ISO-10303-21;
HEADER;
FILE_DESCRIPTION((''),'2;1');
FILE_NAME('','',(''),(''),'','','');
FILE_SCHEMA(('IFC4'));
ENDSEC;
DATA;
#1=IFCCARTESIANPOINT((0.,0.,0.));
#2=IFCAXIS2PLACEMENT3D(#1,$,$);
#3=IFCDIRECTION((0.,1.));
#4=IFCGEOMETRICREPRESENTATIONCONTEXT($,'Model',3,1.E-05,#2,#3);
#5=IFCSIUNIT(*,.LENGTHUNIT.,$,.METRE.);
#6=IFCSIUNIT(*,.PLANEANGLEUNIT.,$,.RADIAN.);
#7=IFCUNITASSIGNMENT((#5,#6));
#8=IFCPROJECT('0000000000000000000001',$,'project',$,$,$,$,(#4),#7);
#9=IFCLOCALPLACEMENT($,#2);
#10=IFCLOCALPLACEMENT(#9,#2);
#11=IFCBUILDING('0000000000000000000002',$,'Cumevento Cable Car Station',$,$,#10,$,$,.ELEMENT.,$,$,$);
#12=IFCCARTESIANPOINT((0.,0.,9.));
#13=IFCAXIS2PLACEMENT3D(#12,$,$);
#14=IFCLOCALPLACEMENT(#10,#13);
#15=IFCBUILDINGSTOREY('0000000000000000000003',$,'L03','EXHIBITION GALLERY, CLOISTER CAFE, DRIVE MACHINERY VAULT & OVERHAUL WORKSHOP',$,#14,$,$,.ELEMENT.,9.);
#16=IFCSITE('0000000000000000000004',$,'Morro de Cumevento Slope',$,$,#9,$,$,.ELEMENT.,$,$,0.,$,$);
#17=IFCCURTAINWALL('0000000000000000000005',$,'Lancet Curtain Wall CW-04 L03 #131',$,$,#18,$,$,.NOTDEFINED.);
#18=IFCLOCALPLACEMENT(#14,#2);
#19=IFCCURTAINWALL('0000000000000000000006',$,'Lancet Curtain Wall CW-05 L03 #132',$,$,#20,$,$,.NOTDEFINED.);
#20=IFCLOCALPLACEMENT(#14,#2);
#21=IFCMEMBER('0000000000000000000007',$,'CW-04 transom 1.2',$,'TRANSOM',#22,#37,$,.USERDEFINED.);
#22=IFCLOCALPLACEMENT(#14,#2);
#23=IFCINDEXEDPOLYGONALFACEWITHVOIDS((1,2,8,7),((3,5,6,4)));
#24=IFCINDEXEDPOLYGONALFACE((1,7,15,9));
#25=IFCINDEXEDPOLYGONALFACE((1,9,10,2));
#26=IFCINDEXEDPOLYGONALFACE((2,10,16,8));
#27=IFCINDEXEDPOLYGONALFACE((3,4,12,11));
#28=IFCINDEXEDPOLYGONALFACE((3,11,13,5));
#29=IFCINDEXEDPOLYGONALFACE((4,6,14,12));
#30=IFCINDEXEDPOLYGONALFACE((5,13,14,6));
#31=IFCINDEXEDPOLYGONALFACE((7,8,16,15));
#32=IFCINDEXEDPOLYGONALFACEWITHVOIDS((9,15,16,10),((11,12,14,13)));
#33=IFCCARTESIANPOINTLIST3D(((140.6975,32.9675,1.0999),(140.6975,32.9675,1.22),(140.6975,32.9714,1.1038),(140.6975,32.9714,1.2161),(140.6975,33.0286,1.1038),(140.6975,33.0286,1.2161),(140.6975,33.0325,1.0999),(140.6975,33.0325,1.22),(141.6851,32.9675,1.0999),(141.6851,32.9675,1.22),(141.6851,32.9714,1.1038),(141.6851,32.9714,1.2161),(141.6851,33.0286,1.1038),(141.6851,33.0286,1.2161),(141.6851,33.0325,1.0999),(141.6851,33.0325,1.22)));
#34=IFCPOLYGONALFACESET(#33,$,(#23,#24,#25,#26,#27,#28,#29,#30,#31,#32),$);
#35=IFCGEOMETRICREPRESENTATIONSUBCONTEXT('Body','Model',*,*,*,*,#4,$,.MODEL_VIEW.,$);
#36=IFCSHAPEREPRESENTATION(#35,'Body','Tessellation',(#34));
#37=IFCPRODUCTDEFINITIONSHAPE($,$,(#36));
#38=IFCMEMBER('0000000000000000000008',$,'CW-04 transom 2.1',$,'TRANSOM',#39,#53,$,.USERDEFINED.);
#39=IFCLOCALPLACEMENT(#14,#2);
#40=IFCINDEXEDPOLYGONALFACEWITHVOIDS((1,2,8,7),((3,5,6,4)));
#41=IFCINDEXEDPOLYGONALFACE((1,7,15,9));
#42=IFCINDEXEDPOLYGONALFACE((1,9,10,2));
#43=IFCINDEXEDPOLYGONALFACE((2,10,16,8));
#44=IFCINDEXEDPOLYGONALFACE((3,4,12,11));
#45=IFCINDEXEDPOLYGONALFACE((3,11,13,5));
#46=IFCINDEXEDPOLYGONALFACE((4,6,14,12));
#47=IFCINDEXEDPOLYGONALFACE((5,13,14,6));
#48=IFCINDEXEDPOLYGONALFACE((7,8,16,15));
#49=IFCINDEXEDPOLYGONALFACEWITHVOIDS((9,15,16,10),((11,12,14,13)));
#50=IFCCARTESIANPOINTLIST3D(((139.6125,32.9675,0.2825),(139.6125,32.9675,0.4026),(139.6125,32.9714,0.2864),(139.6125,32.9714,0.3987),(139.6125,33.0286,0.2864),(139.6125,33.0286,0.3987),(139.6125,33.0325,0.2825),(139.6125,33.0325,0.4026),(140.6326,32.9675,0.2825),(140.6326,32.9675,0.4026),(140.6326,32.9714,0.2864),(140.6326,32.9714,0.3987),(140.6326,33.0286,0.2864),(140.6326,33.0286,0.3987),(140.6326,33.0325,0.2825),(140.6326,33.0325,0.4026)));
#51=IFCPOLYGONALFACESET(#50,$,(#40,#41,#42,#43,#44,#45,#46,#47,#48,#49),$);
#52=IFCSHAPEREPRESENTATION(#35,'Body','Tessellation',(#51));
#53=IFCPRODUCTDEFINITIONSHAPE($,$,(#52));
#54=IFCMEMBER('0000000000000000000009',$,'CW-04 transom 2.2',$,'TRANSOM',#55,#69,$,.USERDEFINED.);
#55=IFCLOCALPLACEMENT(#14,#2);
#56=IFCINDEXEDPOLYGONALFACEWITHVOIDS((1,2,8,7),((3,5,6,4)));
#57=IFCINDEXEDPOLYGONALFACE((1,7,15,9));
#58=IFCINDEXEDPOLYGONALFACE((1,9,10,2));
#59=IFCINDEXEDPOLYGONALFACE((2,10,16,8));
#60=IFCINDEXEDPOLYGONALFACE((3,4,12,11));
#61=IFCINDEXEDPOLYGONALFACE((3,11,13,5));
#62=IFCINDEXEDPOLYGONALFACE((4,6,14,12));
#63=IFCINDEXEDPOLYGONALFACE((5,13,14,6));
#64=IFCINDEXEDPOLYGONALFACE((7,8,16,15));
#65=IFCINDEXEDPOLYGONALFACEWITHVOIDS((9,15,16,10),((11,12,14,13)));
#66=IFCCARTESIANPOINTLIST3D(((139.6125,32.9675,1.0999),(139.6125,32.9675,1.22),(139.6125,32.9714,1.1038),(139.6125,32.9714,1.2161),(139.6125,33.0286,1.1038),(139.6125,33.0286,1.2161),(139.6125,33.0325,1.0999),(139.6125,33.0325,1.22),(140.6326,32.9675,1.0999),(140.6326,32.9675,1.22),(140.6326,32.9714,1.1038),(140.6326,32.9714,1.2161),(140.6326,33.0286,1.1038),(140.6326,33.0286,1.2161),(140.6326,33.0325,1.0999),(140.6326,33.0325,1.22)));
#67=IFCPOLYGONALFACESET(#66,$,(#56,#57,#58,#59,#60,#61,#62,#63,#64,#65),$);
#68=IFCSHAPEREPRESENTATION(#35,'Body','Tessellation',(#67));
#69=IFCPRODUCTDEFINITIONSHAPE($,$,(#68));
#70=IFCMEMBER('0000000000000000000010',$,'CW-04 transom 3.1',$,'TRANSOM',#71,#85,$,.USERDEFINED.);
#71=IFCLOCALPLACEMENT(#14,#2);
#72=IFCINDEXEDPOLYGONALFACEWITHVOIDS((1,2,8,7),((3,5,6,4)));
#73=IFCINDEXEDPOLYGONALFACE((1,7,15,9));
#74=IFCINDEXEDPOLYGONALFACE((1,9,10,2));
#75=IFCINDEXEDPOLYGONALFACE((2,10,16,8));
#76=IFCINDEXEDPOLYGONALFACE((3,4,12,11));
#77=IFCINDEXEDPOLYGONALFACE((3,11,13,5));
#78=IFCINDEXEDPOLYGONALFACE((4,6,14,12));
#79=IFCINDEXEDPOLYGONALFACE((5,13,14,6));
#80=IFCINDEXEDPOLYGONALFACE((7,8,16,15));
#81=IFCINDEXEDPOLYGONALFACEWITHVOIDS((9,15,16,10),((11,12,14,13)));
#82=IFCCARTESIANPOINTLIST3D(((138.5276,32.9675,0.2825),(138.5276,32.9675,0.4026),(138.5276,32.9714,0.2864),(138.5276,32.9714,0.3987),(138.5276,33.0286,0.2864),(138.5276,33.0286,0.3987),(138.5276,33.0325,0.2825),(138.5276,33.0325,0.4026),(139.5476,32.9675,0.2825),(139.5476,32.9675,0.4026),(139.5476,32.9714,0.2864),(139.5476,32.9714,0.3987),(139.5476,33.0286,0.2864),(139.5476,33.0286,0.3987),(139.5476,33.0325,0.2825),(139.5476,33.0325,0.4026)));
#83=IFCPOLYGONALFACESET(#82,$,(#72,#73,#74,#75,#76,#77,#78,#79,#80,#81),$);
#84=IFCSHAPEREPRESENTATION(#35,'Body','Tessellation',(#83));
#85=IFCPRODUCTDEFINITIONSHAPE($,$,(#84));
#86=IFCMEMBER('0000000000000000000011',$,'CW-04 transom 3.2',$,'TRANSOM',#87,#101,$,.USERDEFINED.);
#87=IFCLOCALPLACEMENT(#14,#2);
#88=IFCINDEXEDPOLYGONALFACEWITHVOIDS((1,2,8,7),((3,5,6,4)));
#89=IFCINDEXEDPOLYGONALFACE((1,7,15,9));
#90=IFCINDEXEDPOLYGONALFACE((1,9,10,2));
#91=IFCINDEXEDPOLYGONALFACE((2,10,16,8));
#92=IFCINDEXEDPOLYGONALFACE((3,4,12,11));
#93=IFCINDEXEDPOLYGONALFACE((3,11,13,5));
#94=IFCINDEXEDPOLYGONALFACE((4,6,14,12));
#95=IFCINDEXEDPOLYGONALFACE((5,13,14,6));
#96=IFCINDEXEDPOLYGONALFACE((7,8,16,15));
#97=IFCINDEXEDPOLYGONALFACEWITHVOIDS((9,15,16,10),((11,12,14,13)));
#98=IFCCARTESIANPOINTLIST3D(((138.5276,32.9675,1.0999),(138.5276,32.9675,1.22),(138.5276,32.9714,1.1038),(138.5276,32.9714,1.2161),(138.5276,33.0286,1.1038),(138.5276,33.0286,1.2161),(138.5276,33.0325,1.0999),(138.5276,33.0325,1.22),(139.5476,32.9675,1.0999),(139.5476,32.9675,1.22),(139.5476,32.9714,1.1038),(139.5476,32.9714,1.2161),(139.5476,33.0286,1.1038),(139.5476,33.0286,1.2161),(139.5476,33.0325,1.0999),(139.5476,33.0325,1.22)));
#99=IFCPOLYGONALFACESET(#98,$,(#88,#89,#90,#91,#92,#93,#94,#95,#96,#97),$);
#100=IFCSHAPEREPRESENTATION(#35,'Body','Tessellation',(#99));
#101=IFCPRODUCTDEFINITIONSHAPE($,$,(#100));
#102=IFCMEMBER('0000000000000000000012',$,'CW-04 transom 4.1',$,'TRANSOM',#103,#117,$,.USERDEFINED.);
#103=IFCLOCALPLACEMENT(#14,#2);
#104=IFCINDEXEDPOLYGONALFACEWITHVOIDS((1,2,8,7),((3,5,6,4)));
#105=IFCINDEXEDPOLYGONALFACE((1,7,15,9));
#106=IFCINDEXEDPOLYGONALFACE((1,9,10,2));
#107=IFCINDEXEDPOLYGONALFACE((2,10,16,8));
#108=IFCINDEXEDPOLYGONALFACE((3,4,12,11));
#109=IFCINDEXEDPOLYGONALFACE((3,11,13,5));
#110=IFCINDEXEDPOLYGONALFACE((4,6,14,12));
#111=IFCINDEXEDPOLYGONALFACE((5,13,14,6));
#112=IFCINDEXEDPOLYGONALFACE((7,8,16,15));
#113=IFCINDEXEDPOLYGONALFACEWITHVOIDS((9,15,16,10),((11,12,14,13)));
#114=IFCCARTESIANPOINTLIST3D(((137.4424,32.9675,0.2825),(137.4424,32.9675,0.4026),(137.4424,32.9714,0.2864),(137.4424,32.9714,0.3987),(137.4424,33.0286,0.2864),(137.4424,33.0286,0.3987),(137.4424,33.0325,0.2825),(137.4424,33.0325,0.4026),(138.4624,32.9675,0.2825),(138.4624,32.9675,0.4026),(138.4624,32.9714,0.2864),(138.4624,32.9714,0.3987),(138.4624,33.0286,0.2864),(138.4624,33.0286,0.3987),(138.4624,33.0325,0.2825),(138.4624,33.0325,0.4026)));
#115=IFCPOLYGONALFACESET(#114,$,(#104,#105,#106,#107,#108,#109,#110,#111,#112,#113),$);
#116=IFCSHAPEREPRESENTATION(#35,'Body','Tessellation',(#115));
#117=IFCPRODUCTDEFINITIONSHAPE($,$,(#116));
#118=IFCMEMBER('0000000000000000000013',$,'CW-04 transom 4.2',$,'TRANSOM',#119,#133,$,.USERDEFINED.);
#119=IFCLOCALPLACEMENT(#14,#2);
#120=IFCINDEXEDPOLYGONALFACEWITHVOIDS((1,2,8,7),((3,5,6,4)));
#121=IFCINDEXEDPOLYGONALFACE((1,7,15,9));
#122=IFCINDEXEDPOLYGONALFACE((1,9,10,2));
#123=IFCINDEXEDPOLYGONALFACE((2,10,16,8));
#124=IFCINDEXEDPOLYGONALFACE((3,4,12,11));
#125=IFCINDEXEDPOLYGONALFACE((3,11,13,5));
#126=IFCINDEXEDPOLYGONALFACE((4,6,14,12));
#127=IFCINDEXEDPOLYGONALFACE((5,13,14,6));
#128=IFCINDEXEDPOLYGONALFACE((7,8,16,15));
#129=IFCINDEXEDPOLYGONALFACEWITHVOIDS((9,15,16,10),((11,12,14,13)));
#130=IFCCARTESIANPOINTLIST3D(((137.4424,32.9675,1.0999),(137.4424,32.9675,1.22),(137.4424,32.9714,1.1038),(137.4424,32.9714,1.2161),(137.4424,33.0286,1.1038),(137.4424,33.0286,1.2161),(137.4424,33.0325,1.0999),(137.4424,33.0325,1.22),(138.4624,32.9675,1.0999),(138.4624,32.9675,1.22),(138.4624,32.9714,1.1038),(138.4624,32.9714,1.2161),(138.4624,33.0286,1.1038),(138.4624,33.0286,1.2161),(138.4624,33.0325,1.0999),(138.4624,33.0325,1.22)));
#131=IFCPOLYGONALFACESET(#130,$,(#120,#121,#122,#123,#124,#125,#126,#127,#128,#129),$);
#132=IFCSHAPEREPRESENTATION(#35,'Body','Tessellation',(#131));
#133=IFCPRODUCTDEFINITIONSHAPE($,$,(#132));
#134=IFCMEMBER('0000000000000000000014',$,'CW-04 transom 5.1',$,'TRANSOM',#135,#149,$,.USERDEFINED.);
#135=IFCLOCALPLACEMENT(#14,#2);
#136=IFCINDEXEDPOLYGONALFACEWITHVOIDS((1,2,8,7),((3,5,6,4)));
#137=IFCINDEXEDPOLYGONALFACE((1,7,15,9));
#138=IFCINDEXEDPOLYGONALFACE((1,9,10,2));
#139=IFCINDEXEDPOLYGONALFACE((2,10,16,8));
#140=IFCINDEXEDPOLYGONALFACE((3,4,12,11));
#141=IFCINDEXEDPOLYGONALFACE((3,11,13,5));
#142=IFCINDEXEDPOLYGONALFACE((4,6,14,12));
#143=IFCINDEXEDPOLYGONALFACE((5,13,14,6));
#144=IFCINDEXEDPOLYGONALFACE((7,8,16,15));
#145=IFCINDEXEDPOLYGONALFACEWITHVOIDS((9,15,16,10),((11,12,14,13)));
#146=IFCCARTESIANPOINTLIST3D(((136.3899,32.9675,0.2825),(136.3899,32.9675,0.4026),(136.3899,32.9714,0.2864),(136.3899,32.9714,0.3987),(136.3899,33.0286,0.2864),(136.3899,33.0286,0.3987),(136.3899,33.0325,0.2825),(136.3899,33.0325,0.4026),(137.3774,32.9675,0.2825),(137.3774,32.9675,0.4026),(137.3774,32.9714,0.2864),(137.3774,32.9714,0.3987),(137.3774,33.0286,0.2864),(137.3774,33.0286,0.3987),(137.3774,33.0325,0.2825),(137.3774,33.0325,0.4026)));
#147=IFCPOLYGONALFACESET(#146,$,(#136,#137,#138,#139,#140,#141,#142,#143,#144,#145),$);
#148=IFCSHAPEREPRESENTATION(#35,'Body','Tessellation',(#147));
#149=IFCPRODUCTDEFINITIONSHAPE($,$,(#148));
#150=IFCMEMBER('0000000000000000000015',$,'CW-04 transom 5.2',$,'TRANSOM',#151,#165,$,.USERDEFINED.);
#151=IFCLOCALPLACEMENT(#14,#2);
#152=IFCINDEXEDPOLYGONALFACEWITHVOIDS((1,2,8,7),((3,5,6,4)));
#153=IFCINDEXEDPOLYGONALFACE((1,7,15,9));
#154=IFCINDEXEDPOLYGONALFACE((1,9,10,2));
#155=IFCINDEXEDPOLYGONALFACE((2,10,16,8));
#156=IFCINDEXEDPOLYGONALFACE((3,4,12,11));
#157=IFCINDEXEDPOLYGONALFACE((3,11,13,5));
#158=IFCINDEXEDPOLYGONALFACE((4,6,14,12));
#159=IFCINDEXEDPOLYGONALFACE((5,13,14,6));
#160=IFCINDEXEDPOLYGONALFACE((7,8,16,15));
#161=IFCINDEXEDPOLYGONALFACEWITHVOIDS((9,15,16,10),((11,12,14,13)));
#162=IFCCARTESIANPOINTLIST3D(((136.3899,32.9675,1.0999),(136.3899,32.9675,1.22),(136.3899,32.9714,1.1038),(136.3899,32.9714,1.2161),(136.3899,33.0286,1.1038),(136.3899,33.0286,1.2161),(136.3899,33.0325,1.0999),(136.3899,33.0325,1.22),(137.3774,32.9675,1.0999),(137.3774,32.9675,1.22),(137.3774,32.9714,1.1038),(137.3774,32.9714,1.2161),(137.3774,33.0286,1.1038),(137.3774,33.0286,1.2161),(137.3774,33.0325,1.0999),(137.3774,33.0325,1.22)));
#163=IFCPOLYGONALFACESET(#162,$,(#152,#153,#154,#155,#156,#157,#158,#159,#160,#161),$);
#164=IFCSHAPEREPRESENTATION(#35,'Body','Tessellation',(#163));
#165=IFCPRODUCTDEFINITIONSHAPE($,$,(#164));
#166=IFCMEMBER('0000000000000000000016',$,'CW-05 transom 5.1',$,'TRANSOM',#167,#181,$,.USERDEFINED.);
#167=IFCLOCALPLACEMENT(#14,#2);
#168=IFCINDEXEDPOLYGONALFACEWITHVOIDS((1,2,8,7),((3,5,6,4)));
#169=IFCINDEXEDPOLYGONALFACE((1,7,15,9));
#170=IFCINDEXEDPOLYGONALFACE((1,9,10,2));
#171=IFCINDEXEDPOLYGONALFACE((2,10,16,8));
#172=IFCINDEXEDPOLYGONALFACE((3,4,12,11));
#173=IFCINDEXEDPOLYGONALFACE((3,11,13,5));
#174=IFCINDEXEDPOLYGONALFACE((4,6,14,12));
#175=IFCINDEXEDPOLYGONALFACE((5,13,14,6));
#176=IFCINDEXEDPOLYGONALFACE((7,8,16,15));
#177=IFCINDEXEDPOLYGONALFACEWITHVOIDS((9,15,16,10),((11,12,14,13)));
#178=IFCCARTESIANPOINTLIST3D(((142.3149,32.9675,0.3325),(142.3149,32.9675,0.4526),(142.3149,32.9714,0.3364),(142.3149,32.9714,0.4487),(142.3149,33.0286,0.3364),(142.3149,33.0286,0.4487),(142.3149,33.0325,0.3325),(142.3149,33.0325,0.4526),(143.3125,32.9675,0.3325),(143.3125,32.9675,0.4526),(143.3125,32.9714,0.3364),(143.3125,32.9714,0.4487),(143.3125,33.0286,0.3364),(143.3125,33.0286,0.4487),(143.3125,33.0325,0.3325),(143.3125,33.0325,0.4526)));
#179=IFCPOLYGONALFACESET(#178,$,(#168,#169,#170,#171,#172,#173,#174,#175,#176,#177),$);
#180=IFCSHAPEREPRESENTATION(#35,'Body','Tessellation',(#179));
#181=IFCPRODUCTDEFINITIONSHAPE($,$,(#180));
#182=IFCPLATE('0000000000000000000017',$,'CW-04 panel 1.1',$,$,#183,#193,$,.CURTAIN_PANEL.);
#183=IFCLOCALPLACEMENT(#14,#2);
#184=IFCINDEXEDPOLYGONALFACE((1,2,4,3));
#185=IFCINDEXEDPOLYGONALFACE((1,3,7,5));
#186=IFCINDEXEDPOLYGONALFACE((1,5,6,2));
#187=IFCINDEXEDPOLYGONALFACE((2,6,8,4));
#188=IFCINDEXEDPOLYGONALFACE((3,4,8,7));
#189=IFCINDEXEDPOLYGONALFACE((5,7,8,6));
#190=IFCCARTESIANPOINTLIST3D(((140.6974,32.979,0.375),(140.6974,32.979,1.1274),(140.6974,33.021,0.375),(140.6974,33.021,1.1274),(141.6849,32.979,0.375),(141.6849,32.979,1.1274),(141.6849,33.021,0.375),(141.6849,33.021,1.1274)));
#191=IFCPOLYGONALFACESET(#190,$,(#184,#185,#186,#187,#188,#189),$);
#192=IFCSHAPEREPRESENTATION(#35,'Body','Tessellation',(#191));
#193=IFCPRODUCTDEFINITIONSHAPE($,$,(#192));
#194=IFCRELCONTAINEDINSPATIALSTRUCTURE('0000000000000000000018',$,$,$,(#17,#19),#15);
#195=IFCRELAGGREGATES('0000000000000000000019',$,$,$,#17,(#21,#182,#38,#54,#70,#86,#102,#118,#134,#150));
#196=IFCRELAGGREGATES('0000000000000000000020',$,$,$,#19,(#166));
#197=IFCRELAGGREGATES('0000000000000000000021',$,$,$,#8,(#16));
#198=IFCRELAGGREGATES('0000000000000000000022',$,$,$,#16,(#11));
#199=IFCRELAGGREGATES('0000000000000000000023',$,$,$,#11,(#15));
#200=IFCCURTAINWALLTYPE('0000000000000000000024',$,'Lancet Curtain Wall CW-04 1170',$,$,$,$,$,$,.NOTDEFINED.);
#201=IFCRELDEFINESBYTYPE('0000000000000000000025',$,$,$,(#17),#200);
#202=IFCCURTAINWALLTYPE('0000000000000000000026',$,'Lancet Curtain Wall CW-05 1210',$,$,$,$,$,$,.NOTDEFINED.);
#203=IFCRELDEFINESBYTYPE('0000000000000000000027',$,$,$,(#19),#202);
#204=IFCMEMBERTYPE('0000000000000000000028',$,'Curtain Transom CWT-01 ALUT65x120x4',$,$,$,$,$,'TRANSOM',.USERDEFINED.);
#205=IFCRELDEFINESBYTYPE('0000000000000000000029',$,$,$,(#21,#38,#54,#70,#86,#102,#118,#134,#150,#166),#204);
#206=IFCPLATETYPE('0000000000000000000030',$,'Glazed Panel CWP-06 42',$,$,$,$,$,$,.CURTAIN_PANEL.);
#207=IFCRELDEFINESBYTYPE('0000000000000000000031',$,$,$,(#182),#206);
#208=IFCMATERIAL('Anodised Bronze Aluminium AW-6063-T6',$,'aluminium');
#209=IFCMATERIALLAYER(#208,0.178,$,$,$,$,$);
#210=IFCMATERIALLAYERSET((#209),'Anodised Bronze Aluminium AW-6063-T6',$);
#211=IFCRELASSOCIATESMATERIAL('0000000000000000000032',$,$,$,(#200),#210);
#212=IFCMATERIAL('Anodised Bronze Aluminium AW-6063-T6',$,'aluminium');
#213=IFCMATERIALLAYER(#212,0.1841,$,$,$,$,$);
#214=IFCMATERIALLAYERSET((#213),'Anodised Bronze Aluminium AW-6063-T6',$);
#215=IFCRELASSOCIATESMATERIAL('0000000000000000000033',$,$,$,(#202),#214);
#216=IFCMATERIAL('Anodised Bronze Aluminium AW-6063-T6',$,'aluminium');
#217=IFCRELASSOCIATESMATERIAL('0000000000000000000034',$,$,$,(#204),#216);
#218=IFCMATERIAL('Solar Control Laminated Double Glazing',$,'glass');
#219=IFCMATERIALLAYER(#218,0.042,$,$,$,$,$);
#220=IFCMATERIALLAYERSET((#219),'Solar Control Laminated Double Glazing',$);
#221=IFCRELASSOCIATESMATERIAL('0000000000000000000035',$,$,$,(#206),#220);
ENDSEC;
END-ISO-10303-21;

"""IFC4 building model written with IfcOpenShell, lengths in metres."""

from ifc_helpers import new_model, si_unit, direction, frame, origin, origin_2d, place, context, subcontext, project, spatial, rectangle, hollow_rectangle, extrude, material, layer, layer_set, material_profile, profile_set, type_object, element, aggregate, save


model = new_model("IFC4")

# Units and contexts
model_context = context("Model", 3, precision=1e-05, world=origin(), true_north=direction((0.0, 1.0)))
body_context = subcontext(model_context, "Body", "Model", "MODEL_VIEW")
ifc_project = project(units=[si_unit("LENGTHUNIT", "METRE"), si_unit("PLANEANGLEUNIT", "RADIAN")], contexts=[model_context])

# Site, building, storey
site_placement = place(None, origin())
site = spatial("IfcSite", under=ifc_project, at=site_placement, Name="Morro de Cumevento Slope", CompositionType="ELEMENT", RefElevation=0.0)
building_placement = place(site_placement, origin())
building = spatial("IfcBuilding", under=site, at=building_placement, Name="Cumevento Cable Car Station", CompositionType="ELEMENT")
storey_placement = place(building_placement, frame((0.0, 0.0, 9.0)))
storey = spatial("IfcBuildingStorey", under=building, at=storey_placement, Name="L03", Description="EXHIBITION GALLERY, CLOISTER CAFE, DRIVE MACHINERY VAULT & OVERHAUL WORKSHOP", CompositionType="ELEMENT", Elevation=9.0)

# Curtain walls
ifc_material_1 = material(Name="Anodised Bronze Aluminium AW-6063-T6", Category="aluminium")
ifc_layer_1 = layer(ifc_material_1, 0.178)
ifc_layer_set_1 = layer_set([ifc_layer_1], Name="Anodised Bronze Aluminium AW-6063-T6")
curtain_wall_type_1 = type_object("IfcCurtainWallType", Name="Lancet Curtain Wall CW-04 1170", PredefinedType="NOTDEFINED", material=ifc_layer_set_1)
curtain_wall_1_placement = place(storey_placement, origin())
curtain_wall_1 = element("IfcCurtainWall", 1, at=curtain_wall_1_placement, inside=storey, type_object=curtain_wall_type_1, Name="Lancet Curtain Wall CW-04 L03 #131", PredefinedType="NOTDEFINED")
ifc_material_2 = material(Name="Anodised Bronze Aluminium AW-6063-T6", Category="aluminium")
ifc_layer_2 = layer(ifc_material_2, 0.1841)
ifc_layer_set_2 = layer_set([ifc_layer_2], Name="Anodised Bronze Aluminium AW-6063-T6")
curtain_wall_type_2 = type_object("IfcCurtainWallType", Name="Lancet Curtain Wall CW-05 1210", PredefinedType="NOTDEFINED", material=ifc_layer_set_2)
curtain_wall_2_placement = place(storey_placement, origin())
curtain_wall_2 = element("IfcCurtainWall", 2, at=curtain_wall_2_placement, inside=storey, type_object=curtain_wall_type_2, Name="Lancet Curtain Wall CW-05 L03 #132", PredefinedType="NOTDEFINED")

# Members
ifc_material_3 = material(Name="Anodised Bronze Aluminium AW-6063-T6", Category="aluminium")
ifc_material_profile_1 = material_profile(ifc_material_3, hollow_rectangle(XDim=0.0649, YDim=0.1201, WallThickness=0.0039, at=origin_2d()), Name="ALUT65x120x4")
ifc_profile_set_1 = profile_set([ifc_material_profile_1], Name="Anodised Bronze Aluminium AW-6063-T6")
member_type_1 = type_object("IfcMemberType", Name="Curtain Transom CWT-01 ALUT65x120x4", ElementType="TRANSOM", PredefinedType="USERDEFINED", material=ifc_profile_set_1)
member_1_placement = place(storey_placement, frame((141.6851, 33.0, 1.1599), z_axis=(-1.0, 0.0, 0.0), x_axis=(0.0, -1.0, 0.0)))
member_1 = element("IfcMember", 3, at=member_1_placement, type_object=member_type_1, Name="CW-04 transom 1.2", ObjectType="TRANSOM", PredefinedType="USERDEFINED", context=body_context, shape_type="SweptSolid", body=[
    extrude(hollow_rectangle(XDim=0.0649, YDim=0.1201, WallThickness=0.0039, at=origin_2d()), origin(), (0.0, 0.0, 1.0), 0.9875),
])
member_2_placement = place(storey_placement, frame((140.6326, 33.0, 0.3425), z_axis=(-1.0, 0.0, 0.0), x_axis=(0.0, -1.0, 0.0)))
member_2 = element("IfcMember", 4, at=member_2_placement, type_object=member_type_1, Name="CW-04 transom 2.1", ObjectType="TRANSOM", PredefinedType="USERDEFINED", context=body_context, shape_type="SweptSolid", body=[
    extrude(hollow_rectangle(XDim=0.0649, YDim=0.1201, WallThickness=0.0039, at=origin_2d()), origin(), (0.0, 0.0, 1.0), 1.02),
])
member_3_placement = place(storey_placement, frame((140.6326, 33.0, 1.1599), z_axis=(-1.0, 0.0, 0.0), x_axis=(0.0, -1.0, 0.0)))
member_3 = element("IfcMember", 5, at=member_3_placement, type_object=member_type_1, Name="CW-04 transom 2.2", ObjectType="TRANSOM", PredefinedType="USERDEFINED", context=body_context, shape_type="SweptSolid", body=[
    extrude(hollow_rectangle(XDim=0.0649, YDim=0.1201, WallThickness=0.0039, at=origin_2d()), origin(), (0.0, 0.0, 1.0), 1.02),
])
member_4_placement = place(storey_placement, frame((139.5476, 33.0, 0.3425), z_axis=(-1.0, 0.0, 0.0), x_axis=(0.0, -1.0, 0.0)))
member_4 = element("IfcMember", 6, at=member_4_placement, type_object=member_type_1, Name="CW-04 transom 3.1", ObjectType="TRANSOM", PredefinedType="USERDEFINED", context=body_context, shape_type="SweptSolid", body=[
    extrude(hollow_rectangle(XDim=0.0649, YDim=0.1201, WallThickness=0.0039, at=origin_2d()), origin(), (0.0, 0.0, 1.0), 1.02),
])
member_5_placement = place(storey_placement, frame((139.5476, 33.0, 1.1599), z_axis=(-1.0, 0.0, 0.0), x_axis=(0.0, -1.0, 0.0)))
member_5 = element("IfcMember", 7, at=member_5_placement, type_object=member_type_1, Name="CW-04 transom 3.2", ObjectType="TRANSOM", PredefinedType="USERDEFINED", context=body_context, shape_type="SweptSolid", body=[
    extrude(hollow_rectangle(XDim=0.0649, YDim=0.1201, WallThickness=0.0039, at=origin_2d()), origin(), (0.0, 0.0, 1.0), 1.02),
])
member_6_placement = place(storey_placement, frame((138.4624, 33.0, 0.3425), z_axis=(-1.0, 0.0, 0.0), x_axis=(0.0, -1.0, 0.0)))
member_6 = element("IfcMember", 8, at=member_6_placement, type_object=member_type_1, Name="CW-04 transom 4.1", ObjectType="TRANSOM", PredefinedType="USERDEFINED", context=body_context, shape_type="SweptSolid", body=[
    extrude(hollow_rectangle(XDim=0.0649, YDim=0.1201, WallThickness=0.0039, at=origin_2d()), origin(), (0.0, 0.0, 1.0), 1.02),
])
member_7_placement = place(storey_placement, frame((138.4624, 33.0, 1.1599), z_axis=(-1.0, 0.0, 0.0), x_axis=(0.0, -1.0, 0.0)))
member_7 = element("IfcMember", 9, at=member_7_placement, type_object=member_type_1, Name="CW-04 transom 4.2", ObjectType="TRANSOM", PredefinedType="USERDEFINED", context=body_context, shape_type="SweptSolid", body=[
    extrude(hollow_rectangle(XDim=0.0649, YDim=0.1201, WallThickness=0.0039, at=origin_2d()), origin(), (0.0, 0.0, 1.0), 1.02),
])
member_8_placement = place(storey_placement, frame((137.3774, 33.0, 0.3425), z_axis=(-1.0, 0.0, 0.0), x_axis=(0.0, -1.0, 0.0)))
member_8 = element("IfcMember", 10, at=member_8_placement, type_object=member_type_1, Name="CW-04 transom 5.1", ObjectType="TRANSOM", PredefinedType="USERDEFINED", context=body_context, shape_type="SweptSolid", body=[
    extrude(hollow_rectangle(XDim=0.0649, YDim=0.1201, WallThickness=0.0039, at=origin_2d()), origin(), (0.0, 0.0, 1.0), 0.9875),
])
member_9_placement = place(storey_placement, frame((137.3774, 33.0, 1.1599), z_axis=(-1.0, 0.0, 0.0), x_axis=(0.0, -1.0, 0.0)))
member_9 = element("IfcMember", 11, at=member_9_placement, type_object=member_type_1, Name="CW-04 transom 5.2", ObjectType="TRANSOM", PredefinedType="USERDEFINED", context=body_context, shape_type="SweptSolid", body=[
    extrude(hollow_rectangle(XDim=0.0649, YDim=0.1201, WallThickness=0.0039, at=origin_2d()), origin(), (0.0, 0.0, 1.0), 0.9875),
])
member_10_placement = place(storey_placement, frame((143.3125, 33.0, 0.3926), z_axis=(-1.0, 0.0, 0.0), x_axis=(0.0, -1.0, 0.0)))
member_10 = element("IfcMember", 12, at=member_10_placement, type_object=member_type_1, Name="CW-05 transom 5.1", ObjectType="TRANSOM", PredefinedType="USERDEFINED", context=body_context, shape_type="SweptSolid", body=[
    extrude(hollow_rectangle(XDim=0.0649, YDim=0.1201, WallThickness=0.0039, at=origin_2d()), origin(), (0.0, 0.0, 1.0), 0.9976),
])

# Plate
ifc_material_4 = material(Name="Solar Control Laminated Double Glazing", Category="glass")
ifc_layer_3 = layer(ifc_material_4, 0.042)
ifc_layer_set_3 = layer_set([ifc_layer_3], Name="Solar Control Laminated Double Glazing")
plate_type_1 = type_object("IfcPlateType", Name="Glazed Panel CWP-06 42", PredefinedType="CURTAIN_PANEL", material=ifc_layer_set_3)
plate_1_placement = place(storey_placement, frame((141.1912, 33.0, 0.375), z_axis=(0.0, 0.0, 1.0), x_axis=(-1.0, 0.0, 0.0)))
plate_1 = element("IfcPlate", 13, at=plate_1_placement, type_object=plate_type_1, Name="CW-04 panel 1.1", PredefinedType="CURTAIN_PANEL", context=body_context, shape_type="SweptSolid", body=[
    extrude(rectangle(XDim=0.9875, YDim=0.042, at=origin_2d()), origin(), (0.0, 0.0, 1.0), 0.7524),
])
aggregate(curtain_wall_1, [member_1, plate_1, member_2, member_3, member_4, member_5, member_6, member_7, member_8, member_9])
aggregate(curtain_wall_2, [member_10])

save(model, "model.ifc")
